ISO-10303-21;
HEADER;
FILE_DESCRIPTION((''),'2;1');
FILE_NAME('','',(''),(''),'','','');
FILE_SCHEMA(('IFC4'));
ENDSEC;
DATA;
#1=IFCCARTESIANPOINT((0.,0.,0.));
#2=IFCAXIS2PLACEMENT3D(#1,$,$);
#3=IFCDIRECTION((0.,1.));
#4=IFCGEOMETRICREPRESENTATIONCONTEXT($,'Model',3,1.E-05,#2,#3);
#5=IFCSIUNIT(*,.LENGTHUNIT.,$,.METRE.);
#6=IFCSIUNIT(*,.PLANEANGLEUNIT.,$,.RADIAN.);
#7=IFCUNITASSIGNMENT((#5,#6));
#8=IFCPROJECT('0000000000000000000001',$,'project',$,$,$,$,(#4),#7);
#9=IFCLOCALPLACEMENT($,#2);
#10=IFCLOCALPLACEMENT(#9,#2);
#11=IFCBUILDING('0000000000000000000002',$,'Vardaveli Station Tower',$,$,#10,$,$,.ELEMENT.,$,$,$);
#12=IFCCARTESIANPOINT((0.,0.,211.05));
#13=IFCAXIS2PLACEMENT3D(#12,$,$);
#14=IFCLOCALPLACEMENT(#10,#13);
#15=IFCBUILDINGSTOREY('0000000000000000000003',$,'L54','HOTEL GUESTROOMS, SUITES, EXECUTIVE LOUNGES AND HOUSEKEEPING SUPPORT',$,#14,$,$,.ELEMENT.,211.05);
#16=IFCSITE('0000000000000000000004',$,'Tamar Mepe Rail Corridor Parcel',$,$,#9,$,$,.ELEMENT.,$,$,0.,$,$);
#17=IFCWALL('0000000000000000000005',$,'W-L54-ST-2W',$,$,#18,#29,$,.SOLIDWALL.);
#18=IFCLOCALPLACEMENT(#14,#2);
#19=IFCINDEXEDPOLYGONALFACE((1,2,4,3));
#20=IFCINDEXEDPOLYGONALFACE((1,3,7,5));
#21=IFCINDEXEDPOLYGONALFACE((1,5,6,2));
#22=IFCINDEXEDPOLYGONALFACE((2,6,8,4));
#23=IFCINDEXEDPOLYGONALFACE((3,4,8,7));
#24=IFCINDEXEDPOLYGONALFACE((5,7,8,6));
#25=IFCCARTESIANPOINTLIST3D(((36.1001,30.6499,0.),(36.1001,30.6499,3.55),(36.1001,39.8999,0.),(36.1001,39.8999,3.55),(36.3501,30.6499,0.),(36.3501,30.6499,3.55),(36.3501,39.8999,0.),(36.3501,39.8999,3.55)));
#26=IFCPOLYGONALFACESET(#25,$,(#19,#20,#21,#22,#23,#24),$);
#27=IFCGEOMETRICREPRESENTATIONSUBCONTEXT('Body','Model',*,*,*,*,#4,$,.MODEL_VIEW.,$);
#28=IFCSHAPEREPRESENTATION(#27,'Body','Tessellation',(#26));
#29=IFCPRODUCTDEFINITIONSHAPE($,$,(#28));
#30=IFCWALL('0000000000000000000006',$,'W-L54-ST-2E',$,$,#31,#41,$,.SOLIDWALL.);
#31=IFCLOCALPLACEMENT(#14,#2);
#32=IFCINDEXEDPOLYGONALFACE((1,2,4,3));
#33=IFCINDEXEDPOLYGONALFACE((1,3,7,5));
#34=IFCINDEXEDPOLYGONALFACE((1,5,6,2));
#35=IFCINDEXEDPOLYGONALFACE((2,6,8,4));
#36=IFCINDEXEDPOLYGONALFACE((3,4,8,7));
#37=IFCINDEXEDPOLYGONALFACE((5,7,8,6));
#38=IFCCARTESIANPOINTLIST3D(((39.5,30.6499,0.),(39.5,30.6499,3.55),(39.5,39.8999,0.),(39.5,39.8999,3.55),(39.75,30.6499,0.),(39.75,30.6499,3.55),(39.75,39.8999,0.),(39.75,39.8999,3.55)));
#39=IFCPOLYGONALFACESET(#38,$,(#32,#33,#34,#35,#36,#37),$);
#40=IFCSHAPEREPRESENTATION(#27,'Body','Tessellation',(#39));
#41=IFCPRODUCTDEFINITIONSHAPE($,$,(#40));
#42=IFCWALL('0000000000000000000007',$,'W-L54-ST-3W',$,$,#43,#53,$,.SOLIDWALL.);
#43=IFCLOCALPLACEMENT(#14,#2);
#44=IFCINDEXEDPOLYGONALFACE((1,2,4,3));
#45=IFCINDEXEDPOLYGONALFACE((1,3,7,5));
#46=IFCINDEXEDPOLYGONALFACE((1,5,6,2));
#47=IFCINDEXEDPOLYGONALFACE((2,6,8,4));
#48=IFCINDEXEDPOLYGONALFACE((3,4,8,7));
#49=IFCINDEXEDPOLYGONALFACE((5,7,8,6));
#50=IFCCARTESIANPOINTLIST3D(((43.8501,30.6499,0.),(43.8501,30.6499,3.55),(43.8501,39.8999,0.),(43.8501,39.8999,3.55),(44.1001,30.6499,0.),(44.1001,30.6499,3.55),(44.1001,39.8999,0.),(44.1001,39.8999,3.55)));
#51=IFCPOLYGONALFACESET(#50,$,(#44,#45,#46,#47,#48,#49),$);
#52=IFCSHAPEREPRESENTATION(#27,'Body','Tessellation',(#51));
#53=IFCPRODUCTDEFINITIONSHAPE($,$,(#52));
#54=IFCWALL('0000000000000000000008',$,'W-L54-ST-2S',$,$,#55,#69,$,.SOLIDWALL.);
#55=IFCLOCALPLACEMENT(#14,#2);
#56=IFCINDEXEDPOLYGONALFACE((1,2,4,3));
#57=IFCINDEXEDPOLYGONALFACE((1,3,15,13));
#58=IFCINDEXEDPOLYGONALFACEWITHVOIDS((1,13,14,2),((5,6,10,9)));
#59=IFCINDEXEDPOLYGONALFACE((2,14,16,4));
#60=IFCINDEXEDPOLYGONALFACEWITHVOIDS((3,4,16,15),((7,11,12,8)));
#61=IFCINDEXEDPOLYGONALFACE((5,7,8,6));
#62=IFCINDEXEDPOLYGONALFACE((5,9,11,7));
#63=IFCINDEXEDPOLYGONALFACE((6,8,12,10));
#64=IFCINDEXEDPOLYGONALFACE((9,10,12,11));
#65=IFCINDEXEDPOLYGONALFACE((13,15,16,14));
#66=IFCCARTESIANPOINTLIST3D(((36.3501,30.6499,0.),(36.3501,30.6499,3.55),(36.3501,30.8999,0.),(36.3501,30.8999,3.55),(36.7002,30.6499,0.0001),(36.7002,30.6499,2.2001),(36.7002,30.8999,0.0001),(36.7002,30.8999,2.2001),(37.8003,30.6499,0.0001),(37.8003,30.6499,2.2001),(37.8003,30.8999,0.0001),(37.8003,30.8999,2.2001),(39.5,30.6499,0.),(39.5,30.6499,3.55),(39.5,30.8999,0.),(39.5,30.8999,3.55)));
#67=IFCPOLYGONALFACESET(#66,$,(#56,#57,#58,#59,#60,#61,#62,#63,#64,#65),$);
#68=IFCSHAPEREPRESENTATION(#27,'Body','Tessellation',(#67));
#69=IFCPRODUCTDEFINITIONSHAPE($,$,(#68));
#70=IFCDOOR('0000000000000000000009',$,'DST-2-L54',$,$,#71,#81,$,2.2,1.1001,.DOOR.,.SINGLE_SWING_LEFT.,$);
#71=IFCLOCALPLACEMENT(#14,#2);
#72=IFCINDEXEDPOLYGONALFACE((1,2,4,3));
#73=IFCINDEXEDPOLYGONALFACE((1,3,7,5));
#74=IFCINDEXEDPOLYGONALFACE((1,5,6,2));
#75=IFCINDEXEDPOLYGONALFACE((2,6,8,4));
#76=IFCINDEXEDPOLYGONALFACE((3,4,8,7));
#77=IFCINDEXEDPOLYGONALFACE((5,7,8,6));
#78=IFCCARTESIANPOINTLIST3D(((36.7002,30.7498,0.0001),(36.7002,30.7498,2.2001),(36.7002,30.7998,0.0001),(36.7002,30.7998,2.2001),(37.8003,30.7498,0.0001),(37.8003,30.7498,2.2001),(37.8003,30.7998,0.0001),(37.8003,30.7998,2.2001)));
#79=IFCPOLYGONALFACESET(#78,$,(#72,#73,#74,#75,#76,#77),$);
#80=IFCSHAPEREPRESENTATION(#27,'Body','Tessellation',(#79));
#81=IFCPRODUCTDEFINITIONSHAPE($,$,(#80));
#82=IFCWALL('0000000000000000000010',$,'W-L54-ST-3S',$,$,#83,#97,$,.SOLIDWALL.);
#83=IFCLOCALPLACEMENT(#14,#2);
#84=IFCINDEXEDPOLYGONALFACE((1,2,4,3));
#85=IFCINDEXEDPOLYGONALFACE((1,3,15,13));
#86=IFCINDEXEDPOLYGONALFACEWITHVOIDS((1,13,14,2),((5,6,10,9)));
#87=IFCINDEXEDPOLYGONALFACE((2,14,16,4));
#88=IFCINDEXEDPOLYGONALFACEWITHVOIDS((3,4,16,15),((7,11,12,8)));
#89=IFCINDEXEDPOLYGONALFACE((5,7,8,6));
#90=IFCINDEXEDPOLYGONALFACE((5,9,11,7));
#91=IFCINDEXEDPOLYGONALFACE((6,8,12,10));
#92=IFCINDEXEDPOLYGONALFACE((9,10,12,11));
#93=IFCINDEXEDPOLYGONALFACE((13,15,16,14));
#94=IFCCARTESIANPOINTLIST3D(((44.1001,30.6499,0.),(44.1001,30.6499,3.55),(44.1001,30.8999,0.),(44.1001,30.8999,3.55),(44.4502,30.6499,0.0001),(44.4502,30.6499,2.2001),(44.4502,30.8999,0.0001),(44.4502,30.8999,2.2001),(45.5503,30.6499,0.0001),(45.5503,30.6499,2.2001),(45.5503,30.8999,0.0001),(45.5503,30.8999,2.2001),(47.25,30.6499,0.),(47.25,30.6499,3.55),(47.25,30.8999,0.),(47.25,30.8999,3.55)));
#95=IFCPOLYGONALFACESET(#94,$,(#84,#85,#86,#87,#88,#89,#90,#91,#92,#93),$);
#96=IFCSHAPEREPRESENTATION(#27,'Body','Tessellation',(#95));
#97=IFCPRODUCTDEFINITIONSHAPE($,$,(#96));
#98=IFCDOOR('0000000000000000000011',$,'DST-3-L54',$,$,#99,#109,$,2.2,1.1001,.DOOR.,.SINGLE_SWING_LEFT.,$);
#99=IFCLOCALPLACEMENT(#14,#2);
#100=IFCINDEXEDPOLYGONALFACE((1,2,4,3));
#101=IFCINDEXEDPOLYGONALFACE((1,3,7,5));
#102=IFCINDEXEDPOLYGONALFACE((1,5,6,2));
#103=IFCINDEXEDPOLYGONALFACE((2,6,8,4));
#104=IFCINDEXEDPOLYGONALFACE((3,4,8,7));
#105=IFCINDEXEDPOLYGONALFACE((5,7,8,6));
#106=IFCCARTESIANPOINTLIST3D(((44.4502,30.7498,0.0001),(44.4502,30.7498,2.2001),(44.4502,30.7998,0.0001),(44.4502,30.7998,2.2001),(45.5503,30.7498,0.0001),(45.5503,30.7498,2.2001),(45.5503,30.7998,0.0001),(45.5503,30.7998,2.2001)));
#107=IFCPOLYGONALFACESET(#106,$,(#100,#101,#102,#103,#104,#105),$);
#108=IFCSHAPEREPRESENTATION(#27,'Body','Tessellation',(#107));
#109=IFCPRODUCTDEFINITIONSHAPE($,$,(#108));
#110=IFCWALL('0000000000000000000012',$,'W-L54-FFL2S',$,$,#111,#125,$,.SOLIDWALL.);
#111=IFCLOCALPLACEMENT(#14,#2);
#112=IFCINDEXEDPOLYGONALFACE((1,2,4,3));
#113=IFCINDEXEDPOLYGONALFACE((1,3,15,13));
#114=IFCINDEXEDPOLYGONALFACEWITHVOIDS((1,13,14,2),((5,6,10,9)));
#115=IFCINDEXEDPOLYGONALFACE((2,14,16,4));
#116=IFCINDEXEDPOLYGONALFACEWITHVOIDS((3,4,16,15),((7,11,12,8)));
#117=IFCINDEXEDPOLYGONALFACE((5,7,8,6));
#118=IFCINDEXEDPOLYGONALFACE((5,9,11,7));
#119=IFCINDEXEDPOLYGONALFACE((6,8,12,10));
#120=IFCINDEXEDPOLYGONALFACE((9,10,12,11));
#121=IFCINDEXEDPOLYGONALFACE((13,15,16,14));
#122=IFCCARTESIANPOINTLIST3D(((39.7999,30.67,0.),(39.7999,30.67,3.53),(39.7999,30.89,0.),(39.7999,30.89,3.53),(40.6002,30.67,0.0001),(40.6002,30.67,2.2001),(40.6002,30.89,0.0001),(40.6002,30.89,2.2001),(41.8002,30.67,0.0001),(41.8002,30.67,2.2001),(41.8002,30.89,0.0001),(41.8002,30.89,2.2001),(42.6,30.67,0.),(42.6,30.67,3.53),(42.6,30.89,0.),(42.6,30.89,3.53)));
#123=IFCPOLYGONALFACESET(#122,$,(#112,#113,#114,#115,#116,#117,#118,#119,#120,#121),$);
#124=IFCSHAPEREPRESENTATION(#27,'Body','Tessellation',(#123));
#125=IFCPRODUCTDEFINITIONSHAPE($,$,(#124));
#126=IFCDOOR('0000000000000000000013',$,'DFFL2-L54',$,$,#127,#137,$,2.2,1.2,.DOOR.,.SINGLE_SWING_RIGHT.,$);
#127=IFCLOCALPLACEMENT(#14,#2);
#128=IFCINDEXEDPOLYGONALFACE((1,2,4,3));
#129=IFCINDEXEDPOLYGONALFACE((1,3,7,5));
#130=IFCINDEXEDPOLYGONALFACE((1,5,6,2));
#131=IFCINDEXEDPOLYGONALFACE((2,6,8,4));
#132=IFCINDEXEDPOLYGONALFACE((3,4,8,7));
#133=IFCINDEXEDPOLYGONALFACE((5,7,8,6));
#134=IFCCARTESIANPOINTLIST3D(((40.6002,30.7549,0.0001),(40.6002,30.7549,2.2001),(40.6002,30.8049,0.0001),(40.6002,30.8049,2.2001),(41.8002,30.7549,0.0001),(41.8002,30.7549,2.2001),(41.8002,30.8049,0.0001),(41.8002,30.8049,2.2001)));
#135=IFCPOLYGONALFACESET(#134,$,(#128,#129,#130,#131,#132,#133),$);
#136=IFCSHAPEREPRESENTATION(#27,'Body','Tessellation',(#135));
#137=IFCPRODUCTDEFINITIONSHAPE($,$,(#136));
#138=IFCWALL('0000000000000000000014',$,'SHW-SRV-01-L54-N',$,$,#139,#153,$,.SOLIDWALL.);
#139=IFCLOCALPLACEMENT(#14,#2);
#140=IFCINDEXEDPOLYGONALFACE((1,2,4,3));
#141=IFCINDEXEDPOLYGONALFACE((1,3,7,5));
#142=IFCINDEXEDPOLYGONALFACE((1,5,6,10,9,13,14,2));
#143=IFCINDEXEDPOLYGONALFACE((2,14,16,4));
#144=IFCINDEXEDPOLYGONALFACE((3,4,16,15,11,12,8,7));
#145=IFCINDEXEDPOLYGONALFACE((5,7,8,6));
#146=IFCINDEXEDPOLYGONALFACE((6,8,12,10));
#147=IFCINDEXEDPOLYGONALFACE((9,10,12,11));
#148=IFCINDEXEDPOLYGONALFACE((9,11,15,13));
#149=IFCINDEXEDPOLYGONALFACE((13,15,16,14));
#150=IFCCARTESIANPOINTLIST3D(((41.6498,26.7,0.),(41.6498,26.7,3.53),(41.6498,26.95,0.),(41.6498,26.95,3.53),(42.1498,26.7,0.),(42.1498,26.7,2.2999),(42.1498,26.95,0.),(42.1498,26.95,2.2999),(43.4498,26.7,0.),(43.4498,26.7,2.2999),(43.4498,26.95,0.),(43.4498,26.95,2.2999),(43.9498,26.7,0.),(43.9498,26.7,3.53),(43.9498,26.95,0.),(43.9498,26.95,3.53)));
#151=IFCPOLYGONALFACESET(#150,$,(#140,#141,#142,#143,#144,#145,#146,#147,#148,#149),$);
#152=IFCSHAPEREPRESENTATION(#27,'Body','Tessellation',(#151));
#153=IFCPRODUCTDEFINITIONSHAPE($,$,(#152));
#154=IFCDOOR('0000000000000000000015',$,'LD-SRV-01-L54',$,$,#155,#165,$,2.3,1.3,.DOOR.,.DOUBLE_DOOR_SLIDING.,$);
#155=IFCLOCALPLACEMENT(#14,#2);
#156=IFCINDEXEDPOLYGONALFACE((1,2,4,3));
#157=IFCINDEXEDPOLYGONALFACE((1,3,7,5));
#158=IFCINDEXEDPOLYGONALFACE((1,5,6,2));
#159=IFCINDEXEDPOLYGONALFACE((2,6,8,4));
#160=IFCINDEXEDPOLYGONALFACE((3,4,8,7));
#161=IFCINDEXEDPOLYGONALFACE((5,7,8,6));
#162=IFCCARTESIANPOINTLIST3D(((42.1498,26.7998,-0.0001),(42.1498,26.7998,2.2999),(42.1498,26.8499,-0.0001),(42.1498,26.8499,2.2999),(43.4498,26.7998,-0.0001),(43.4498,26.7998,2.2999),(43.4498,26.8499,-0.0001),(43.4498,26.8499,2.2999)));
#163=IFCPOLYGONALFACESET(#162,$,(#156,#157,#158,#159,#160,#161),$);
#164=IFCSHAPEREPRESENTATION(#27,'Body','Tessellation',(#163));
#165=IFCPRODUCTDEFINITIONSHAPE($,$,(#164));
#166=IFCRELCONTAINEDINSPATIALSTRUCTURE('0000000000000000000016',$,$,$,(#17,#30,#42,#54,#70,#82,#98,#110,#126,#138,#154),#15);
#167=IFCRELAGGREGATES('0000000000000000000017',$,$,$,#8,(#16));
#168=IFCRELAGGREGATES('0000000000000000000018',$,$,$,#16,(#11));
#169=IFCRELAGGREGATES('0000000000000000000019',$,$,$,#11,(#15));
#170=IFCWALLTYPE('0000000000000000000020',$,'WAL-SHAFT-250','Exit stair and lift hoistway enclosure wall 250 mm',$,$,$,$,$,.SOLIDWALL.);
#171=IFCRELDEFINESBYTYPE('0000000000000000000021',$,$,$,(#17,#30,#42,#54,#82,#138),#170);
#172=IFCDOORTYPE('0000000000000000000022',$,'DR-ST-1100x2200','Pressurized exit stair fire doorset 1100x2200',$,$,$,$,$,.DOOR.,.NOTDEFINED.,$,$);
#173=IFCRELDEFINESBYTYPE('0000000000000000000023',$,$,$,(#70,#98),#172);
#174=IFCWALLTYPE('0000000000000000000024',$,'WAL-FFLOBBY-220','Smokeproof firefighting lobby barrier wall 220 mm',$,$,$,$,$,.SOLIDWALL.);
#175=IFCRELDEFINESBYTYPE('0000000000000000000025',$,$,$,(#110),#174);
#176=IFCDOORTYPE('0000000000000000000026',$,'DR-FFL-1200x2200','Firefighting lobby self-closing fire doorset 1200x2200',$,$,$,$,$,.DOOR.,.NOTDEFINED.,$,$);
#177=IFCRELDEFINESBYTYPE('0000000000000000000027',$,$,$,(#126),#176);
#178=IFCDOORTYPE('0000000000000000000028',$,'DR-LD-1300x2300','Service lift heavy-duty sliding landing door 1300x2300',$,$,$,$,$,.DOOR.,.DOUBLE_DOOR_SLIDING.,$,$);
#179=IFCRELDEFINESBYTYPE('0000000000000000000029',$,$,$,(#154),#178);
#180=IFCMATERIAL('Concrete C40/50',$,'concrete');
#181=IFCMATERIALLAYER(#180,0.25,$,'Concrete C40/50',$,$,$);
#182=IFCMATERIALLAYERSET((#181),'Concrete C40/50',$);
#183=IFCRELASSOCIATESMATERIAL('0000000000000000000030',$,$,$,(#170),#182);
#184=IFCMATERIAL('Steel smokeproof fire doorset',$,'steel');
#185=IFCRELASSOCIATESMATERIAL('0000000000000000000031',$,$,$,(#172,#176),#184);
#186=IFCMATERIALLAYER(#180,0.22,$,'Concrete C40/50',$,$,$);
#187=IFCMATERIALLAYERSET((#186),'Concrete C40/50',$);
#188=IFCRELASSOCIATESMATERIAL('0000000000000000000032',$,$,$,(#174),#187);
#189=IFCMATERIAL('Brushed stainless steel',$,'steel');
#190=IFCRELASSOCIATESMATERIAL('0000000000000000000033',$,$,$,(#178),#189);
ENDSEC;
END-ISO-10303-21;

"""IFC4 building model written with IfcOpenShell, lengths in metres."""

from ifc_helpers import new_model, si_unit, direction, frame, frame_2d, origin, place, context, subcontext, project, spatial, rectangle, extrude, source, transform, mapped, material, layer, layer_set, type_object, element, fill, save


model = new_model("IFC4")

# Units and contexts
model_context = context("Model", 3, precision=1e-05, world=origin(), true_north=direction((0.0, 1.0)))
body_context = subcontext(model_context, "Body", "Model", "MODEL_VIEW")
ifc_project = project(units=[si_unit("LENGTHUNIT", "METRE"), si_unit("PLANEANGLEUNIT", "RADIAN")], contexts=[model_context])

# Site, building, storey
site_placement = place(None, origin())
site = spatial("IfcSite", under=ifc_project, at=site_placement, Name="Tamar Mepe Rail Corridor Parcel", CompositionType="ELEMENT", RefElevation=0.0)
building_placement = place(site_placement, origin())
building = spatial("IfcBuilding", under=site, at=building_placement, Name="Vardaveli Station Tower", CompositionType="ELEMENT")
storey_placement = place(building_placement, frame((0.0, 0.0, 211.05)))
storey = spatial("IfcBuildingStorey", under=building, at=storey_placement, Name="L54", Description="HOTEL GUESTROOMS, SUITES, EXECUTIVE LOUNGES AND HOUSEKEEPING SUPPORT", CompositionType="ELEMENT", Elevation=211.05)

# Walls
ifc_material_1 = material(Name="Concrete C40/50", Category="concrete")
ifc_layer_1 = layer(ifc_material_1, 0.25, Name="Concrete C40/50")
ifc_layer_set_1 = layer_set([ifc_layer_1], Name="Concrete C40/50")
wall_type_1 = type_object("IfcWallType", Name="WAL-SHAFT-250", Description="Exit stair and lift hoistway enclosure wall 250 mm", PredefinedType="SOLIDWALL", material=ifc_layer_set_1)
shared_shape_1 = source(origin(), body_context, "Body", "SweptSolid", [
    extrude(rectangle(XDim=9.25, YDim=0.25, at=frame_2d((4.625, 0.0))), origin(), (0.0, 0.0, 1.0), 3.55),
])
for number, where, z_axis, x_axis, name in (
    (1, (36.2251, 30.6499, 0.0), (0.0, 0.0, 1.0), (0.0, 1.0, 0.0), "W-L54-ST-2W"),
    (2, (39.625, 30.6499, 0.0), (0.0, 0.0, 1.0), (0.0, 1.0, 0.0), "W-L54-ST-2E"),
    (3, (43.9751, 30.6499, 0.0), (0.0, 0.0, 1.0), (0.0, 1.0, 0.0), "W-L54-ST-3W"),
):
    element("IfcWall", number, at=place(storey_placement, frame(where, z_axis=z_axis, x_axis=x_axis)), inside=storey, type_object=wall_type_1, Name=name, PredefinedType="SOLIDWALL", context=body_context, shape_type="MappedRepresentation", body=[
        mapped(shared_shape_1, transform((0.0, 0.0, 0.0), scale=1.0)),
    ])

# Walls, openings, doors
shared_shape_2 = source(origin(), body_context, "Body", "SweptSolid", [
    extrude(rectangle(XDim=3.1499, YDim=0.25, at=frame_2d((1.575, 0.0))), origin(), (0.0, 0.0, 1.0), 3.55),
])
wall_1_placement = place(storey_placement, frame((36.3501, 30.7749, 0.0), z_axis=(0.0, 0.0, 1.0), x_axis=(1.0, 0.0, 0.0)))
wall_1 = element("IfcWall", 4, at=wall_1_placement, inside=storey, type_object=wall_type_1, Name="W-L54-ST-2S", PredefinedType="SOLIDWALL", context=body_context, shape_type="MappedRepresentation", body=[
    mapped(shared_shape_2, transform((0.0, 0.0, 0.0), scale=1.0)),
])
shared_shape_3 = source(origin(), body_context, "Body", "SweptSolid", [
    extrude(rectangle(XDim=1.1001, YDim=2.2, at=frame_2d((0.55, 1.1001))), frame((0.0, 0.135, 0.0), z_axis=(0.0, -1.0, 0.0), x_axis=(1.0, 0.0, 0.0)), (0.0, 0.0, 1.0), 0.27),
])
opening_1_placement = place(wall_1_placement, frame((0.3501, 0.0, 0.0)))
opening_1 = element("IfcOpeningElement", 5, at=opening_1_placement, cuts=wall_1, PredefinedType="OPENING", context=body_context, shape_type="MappedRepresentation", body=[
    mapped(shared_shape_3, transform((0.0, 0.0, 0.0), scale=1.0)),
])
ifc_material_2 = material(Name="Steel smokeproof fire doorset", Category="steel")
door_type_1 = type_object("IfcDoorType", Name="DR-ST-1100x2200", Description="Pressurized exit stair fire doorset 1100x2200", OperationType="NOTDEFINED", PredefinedType="DOOR", material=ifc_material_2)
shared_shape_4 = source(origin(), body_context, "Body", "SweptSolid", [
    extrude(rectangle(XDim=1.1001, YDim=2.2, at=frame_2d((0.55, 1.1001))), frame((0.0, 0.0249, 0.0), z_axis=(0.0, -1.0, 0.0), x_axis=(1.0, 0.0, 0.0)), (0.0, 0.0, 1.0), 0.05),
])
door_1_placement = place(opening_1_placement, origin())
door_1 = element("IfcDoor", 6, at=door_1_placement, inside=storey, type_object=door_type_1, Name="DST-2-L54", OperationType="SINGLE_SWING_LEFT", OverallHeight=2.2, OverallWidth=1.1001, PredefinedType="DOOR", context=body_context, shape_type="MappedRepresentation", body=[
    mapped(shared_shape_4, transform((0.0, 0.0, 0.0), scale=1.0)),
])
fill(opening_1, door_1)
wall_2_placement = place(storey_placement, frame((44.1001, 30.7749, 0.0), z_axis=(0.0, 0.0, 1.0), x_axis=(1.0, 0.0, 0.0)))
wall_2 = element("IfcWall", 7, at=wall_2_placement, inside=storey, type_object=wall_type_1, Name="W-L54-ST-3S", PredefinedType="SOLIDWALL", context=body_context, shape_type="MappedRepresentation", body=[
    mapped(shared_shape_2, transform((0.0, 0.0, 0.0), scale=1.0)),
])
opening_2_placement = place(wall_2_placement, frame((0.3501, 0.0, 0.0)))
opening_2 = element("IfcOpeningElement", 8, at=opening_2_placement, cuts=wall_2, PredefinedType="OPENING", context=body_context, shape_type="MappedRepresentation", body=[
    mapped(shared_shape_3, transform((0.0, 0.0, 0.0), scale=1.0)),
])
door_2_placement = place(opening_2_placement, origin())
door_2 = element("IfcDoor", 9, at=door_2_placement, inside=storey, type_object=door_type_1, Name="DST-3-L54", OperationType="SINGLE_SWING_LEFT", OverallHeight=2.2, OverallWidth=1.1001, PredefinedType="DOOR", context=body_context, shape_type="MappedRepresentation", body=[
    mapped(shared_shape_4, transform((0.0, 0.0, 0.0), scale=1.0)),
])
fill(opening_2, door_2)
ifc_layer_2 = layer(ifc_material_1, 0.22, Name="Concrete C40/50")
ifc_layer_set_2 = layer_set([ifc_layer_2], Name="Concrete C40/50")
wall_type_2 = type_object("IfcWallType", Name="WAL-FFLOBBY-220", Description="Smokeproof firefighting lobby barrier wall 220 mm", PredefinedType="SOLIDWALL", material=ifc_layer_set_2)
shared_shape_5 = source(origin(), body_context, "Body", "SweptSolid", [
    extrude(rectangle(XDim=2.8, YDim=0.22, at=frame_2d((1.3999, 0.0))), origin(), (0.0, 0.0, 1.0), 3.53),
])
wall_3_placement = place(storey_placement, frame((39.8, 30.78, 0.0), z_axis=(0.0, 0.0, 1.0), x_axis=(1.0, 0.0, 0.0)))
wall_3 = element("IfcWall", 10, at=wall_3_placement, inside=storey, type_object=wall_type_2, Name="W-L54-FFL2S", PredefinedType="SOLIDWALL", context=body_context, shape_type="MappedRepresentation", body=[
    mapped(shared_shape_5, transform((0.0, 0.0, 0.0), scale=1.0)),
])
shared_shape_6 = source(origin(), body_context, "Body", "SweptSolid", [
    extrude(rectangle(XDim=1.2, YDim=2.2, at=frame_2d((0.6001, 1.1001))), frame((0.0, 0.1201, 0.0), z_axis=(0.0, -1.0, 0.0), x_axis=(1.0, 0.0, 0.0)), (0.0, 0.0, 1.0), 0.24),
])
opening_3_placement = place(wall_3_placement, frame((0.8, 0.0, 0.0)))
opening_3 = element("IfcOpeningElement", 11, at=opening_3_placement, cuts=wall_3, PredefinedType="OPENING", context=body_context, shape_type="MappedRepresentation", body=[
    mapped(shared_shape_6, transform((0.0, 0.0, 0.0), scale=1.0)),
])
door_type_2 = type_object("IfcDoorType", Name="DR-FFL-1200x2200", Description="Firefighting lobby self-closing fire doorset 1200x2200", OperationType="NOTDEFINED", PredefinedType="DOOR", material=ifc_material_2)
shared_shape_7 = source(origin(), body_context, "Body", "SweptSolid", [
    extrude(rectangle(XDim=1.2, YDim=2.2, at=frame_2d((0.6001, 1.1001))), frame((0.0, 0.0249, 0.0), z_axis=(0.0, -1.0, 0.0), x_axis=(1.0, 0.0, 0.0)), (0.0, 0.0, 1.0), 0.05),
])
door_3_placement = place(opening_3_placement, origin())
door_3 = element("IfcDoor", 12, at=door_3_placement, inside=storey, type_object=door_type_2, Name="DFFL2-L54", OperationType="SINGLE_SWING_RIGHT", OverallHeight=2.2, OverallWidth=1.2, PredefinedType="DOOR", context=body_context, shape_type="MappedRepresentation", body=[
    mapped(shared_shape_7, transform((0.0, 0.0, 0.0), scale=1.0)),
])
fill(opening_3, door_3)
shared_shape_8 = source(origin(), body_context, "Body", "SweptSolid", [
    extrude(rectangle(XDim=2.3, YDim=0.25, at=frame_2d((1.1499, 0.0))), origin(), (0.0, 0.0, 1.0), 3.53),
])
wall_4_placement = place(storey_placement, frame((41.6499, 26.825, 0.0), z_axis=(0.0, 0.0, 1.0), x_axis=(1.0, 0.0, 0.0)))
wall_4 = element("IfcWall", 13, at=wall_4_placement, inside=storey, type_object=wall_type_1, Name="SHW-SRV-01-L54-N", PredefinedType="SOLIDWALL", context=body_context, shape_type="MappedRepresentation", body=[
    mapped(shared_shape_8, transform((0.0, 0.0, 0.0), scale=1.0)),
])
shared_shape_9 = source(origin(), body_context, "Body", "SweptSolid", [
    extrude(rectangle(XDim=1.3, YDim=2.3, at=frame_2d((0.6499, 1.1499))), frame((0.0, 0.135, 0.0), z_axis=(0.0, -1.0, 0.0), x_axis=(1.0, 0.0, 0.0)), (0.0, 0.0, 1.0), 0.27),
])
opening_4_placement = place(wall_4_placement, frame((0.5, 0.0, 0.0)))
opening_4 = element("IfcOpeningElement", 14, at=opening_4_placement, cuts=wall_4, PredefinedType="OPENING", context=body_context, shape_type="MappedRepresentation", body=[
    mapped(shared_shape_9, transform((0.0, 0.0, 0.0), scale=1.0)),
])
ifc_material_3 = material(Name="Brushed stainless steel", Category="steel")
door_type_3 = type_object("IfcDoorType", Name="DR-LD-1300x2300", Description="Service lift heavy-duty sliding landing door 1300x2300", OperationType="DOUBLE_DOOR_SLIDING", PredefinedType="DOOR", material=ifc_material_3)
shared_shape_10 = source(origin(), body_context, "Body", "SweptSolid", [
    extrude(rectangle(XDim=1.3, YDim=2.3, at=frame_2d((0.6499, 1.1499))), frame((0.0, 0.0249, 0.0), z_axis=(0.0, -1.0, 0.0), x_axis=(1.0, 0.0, 0.0)), (0.0, 0.0, 1.0), 0.05),
])
door_4_placement = place(opening_4_placement, origin())
door_4 = element("IfcDoor", 15, at=door_4_placement, inside=storey, type_object=door_type_3, Name="LD-SRV-01-L54", OperationType="DOUBLE_DOOR_SLIDING", OverallHeight=2.3, OverallWidth=1.3, PredefinedType="DOOR", context=body_context, shape_type="MappedRepresentation", body=[
    mapped(shared_shape_10, transform((0.0, 0.0, 0.0), scale=1.0)),
])
fill(opening_4, door_4)

save(model, "model.ifc")
